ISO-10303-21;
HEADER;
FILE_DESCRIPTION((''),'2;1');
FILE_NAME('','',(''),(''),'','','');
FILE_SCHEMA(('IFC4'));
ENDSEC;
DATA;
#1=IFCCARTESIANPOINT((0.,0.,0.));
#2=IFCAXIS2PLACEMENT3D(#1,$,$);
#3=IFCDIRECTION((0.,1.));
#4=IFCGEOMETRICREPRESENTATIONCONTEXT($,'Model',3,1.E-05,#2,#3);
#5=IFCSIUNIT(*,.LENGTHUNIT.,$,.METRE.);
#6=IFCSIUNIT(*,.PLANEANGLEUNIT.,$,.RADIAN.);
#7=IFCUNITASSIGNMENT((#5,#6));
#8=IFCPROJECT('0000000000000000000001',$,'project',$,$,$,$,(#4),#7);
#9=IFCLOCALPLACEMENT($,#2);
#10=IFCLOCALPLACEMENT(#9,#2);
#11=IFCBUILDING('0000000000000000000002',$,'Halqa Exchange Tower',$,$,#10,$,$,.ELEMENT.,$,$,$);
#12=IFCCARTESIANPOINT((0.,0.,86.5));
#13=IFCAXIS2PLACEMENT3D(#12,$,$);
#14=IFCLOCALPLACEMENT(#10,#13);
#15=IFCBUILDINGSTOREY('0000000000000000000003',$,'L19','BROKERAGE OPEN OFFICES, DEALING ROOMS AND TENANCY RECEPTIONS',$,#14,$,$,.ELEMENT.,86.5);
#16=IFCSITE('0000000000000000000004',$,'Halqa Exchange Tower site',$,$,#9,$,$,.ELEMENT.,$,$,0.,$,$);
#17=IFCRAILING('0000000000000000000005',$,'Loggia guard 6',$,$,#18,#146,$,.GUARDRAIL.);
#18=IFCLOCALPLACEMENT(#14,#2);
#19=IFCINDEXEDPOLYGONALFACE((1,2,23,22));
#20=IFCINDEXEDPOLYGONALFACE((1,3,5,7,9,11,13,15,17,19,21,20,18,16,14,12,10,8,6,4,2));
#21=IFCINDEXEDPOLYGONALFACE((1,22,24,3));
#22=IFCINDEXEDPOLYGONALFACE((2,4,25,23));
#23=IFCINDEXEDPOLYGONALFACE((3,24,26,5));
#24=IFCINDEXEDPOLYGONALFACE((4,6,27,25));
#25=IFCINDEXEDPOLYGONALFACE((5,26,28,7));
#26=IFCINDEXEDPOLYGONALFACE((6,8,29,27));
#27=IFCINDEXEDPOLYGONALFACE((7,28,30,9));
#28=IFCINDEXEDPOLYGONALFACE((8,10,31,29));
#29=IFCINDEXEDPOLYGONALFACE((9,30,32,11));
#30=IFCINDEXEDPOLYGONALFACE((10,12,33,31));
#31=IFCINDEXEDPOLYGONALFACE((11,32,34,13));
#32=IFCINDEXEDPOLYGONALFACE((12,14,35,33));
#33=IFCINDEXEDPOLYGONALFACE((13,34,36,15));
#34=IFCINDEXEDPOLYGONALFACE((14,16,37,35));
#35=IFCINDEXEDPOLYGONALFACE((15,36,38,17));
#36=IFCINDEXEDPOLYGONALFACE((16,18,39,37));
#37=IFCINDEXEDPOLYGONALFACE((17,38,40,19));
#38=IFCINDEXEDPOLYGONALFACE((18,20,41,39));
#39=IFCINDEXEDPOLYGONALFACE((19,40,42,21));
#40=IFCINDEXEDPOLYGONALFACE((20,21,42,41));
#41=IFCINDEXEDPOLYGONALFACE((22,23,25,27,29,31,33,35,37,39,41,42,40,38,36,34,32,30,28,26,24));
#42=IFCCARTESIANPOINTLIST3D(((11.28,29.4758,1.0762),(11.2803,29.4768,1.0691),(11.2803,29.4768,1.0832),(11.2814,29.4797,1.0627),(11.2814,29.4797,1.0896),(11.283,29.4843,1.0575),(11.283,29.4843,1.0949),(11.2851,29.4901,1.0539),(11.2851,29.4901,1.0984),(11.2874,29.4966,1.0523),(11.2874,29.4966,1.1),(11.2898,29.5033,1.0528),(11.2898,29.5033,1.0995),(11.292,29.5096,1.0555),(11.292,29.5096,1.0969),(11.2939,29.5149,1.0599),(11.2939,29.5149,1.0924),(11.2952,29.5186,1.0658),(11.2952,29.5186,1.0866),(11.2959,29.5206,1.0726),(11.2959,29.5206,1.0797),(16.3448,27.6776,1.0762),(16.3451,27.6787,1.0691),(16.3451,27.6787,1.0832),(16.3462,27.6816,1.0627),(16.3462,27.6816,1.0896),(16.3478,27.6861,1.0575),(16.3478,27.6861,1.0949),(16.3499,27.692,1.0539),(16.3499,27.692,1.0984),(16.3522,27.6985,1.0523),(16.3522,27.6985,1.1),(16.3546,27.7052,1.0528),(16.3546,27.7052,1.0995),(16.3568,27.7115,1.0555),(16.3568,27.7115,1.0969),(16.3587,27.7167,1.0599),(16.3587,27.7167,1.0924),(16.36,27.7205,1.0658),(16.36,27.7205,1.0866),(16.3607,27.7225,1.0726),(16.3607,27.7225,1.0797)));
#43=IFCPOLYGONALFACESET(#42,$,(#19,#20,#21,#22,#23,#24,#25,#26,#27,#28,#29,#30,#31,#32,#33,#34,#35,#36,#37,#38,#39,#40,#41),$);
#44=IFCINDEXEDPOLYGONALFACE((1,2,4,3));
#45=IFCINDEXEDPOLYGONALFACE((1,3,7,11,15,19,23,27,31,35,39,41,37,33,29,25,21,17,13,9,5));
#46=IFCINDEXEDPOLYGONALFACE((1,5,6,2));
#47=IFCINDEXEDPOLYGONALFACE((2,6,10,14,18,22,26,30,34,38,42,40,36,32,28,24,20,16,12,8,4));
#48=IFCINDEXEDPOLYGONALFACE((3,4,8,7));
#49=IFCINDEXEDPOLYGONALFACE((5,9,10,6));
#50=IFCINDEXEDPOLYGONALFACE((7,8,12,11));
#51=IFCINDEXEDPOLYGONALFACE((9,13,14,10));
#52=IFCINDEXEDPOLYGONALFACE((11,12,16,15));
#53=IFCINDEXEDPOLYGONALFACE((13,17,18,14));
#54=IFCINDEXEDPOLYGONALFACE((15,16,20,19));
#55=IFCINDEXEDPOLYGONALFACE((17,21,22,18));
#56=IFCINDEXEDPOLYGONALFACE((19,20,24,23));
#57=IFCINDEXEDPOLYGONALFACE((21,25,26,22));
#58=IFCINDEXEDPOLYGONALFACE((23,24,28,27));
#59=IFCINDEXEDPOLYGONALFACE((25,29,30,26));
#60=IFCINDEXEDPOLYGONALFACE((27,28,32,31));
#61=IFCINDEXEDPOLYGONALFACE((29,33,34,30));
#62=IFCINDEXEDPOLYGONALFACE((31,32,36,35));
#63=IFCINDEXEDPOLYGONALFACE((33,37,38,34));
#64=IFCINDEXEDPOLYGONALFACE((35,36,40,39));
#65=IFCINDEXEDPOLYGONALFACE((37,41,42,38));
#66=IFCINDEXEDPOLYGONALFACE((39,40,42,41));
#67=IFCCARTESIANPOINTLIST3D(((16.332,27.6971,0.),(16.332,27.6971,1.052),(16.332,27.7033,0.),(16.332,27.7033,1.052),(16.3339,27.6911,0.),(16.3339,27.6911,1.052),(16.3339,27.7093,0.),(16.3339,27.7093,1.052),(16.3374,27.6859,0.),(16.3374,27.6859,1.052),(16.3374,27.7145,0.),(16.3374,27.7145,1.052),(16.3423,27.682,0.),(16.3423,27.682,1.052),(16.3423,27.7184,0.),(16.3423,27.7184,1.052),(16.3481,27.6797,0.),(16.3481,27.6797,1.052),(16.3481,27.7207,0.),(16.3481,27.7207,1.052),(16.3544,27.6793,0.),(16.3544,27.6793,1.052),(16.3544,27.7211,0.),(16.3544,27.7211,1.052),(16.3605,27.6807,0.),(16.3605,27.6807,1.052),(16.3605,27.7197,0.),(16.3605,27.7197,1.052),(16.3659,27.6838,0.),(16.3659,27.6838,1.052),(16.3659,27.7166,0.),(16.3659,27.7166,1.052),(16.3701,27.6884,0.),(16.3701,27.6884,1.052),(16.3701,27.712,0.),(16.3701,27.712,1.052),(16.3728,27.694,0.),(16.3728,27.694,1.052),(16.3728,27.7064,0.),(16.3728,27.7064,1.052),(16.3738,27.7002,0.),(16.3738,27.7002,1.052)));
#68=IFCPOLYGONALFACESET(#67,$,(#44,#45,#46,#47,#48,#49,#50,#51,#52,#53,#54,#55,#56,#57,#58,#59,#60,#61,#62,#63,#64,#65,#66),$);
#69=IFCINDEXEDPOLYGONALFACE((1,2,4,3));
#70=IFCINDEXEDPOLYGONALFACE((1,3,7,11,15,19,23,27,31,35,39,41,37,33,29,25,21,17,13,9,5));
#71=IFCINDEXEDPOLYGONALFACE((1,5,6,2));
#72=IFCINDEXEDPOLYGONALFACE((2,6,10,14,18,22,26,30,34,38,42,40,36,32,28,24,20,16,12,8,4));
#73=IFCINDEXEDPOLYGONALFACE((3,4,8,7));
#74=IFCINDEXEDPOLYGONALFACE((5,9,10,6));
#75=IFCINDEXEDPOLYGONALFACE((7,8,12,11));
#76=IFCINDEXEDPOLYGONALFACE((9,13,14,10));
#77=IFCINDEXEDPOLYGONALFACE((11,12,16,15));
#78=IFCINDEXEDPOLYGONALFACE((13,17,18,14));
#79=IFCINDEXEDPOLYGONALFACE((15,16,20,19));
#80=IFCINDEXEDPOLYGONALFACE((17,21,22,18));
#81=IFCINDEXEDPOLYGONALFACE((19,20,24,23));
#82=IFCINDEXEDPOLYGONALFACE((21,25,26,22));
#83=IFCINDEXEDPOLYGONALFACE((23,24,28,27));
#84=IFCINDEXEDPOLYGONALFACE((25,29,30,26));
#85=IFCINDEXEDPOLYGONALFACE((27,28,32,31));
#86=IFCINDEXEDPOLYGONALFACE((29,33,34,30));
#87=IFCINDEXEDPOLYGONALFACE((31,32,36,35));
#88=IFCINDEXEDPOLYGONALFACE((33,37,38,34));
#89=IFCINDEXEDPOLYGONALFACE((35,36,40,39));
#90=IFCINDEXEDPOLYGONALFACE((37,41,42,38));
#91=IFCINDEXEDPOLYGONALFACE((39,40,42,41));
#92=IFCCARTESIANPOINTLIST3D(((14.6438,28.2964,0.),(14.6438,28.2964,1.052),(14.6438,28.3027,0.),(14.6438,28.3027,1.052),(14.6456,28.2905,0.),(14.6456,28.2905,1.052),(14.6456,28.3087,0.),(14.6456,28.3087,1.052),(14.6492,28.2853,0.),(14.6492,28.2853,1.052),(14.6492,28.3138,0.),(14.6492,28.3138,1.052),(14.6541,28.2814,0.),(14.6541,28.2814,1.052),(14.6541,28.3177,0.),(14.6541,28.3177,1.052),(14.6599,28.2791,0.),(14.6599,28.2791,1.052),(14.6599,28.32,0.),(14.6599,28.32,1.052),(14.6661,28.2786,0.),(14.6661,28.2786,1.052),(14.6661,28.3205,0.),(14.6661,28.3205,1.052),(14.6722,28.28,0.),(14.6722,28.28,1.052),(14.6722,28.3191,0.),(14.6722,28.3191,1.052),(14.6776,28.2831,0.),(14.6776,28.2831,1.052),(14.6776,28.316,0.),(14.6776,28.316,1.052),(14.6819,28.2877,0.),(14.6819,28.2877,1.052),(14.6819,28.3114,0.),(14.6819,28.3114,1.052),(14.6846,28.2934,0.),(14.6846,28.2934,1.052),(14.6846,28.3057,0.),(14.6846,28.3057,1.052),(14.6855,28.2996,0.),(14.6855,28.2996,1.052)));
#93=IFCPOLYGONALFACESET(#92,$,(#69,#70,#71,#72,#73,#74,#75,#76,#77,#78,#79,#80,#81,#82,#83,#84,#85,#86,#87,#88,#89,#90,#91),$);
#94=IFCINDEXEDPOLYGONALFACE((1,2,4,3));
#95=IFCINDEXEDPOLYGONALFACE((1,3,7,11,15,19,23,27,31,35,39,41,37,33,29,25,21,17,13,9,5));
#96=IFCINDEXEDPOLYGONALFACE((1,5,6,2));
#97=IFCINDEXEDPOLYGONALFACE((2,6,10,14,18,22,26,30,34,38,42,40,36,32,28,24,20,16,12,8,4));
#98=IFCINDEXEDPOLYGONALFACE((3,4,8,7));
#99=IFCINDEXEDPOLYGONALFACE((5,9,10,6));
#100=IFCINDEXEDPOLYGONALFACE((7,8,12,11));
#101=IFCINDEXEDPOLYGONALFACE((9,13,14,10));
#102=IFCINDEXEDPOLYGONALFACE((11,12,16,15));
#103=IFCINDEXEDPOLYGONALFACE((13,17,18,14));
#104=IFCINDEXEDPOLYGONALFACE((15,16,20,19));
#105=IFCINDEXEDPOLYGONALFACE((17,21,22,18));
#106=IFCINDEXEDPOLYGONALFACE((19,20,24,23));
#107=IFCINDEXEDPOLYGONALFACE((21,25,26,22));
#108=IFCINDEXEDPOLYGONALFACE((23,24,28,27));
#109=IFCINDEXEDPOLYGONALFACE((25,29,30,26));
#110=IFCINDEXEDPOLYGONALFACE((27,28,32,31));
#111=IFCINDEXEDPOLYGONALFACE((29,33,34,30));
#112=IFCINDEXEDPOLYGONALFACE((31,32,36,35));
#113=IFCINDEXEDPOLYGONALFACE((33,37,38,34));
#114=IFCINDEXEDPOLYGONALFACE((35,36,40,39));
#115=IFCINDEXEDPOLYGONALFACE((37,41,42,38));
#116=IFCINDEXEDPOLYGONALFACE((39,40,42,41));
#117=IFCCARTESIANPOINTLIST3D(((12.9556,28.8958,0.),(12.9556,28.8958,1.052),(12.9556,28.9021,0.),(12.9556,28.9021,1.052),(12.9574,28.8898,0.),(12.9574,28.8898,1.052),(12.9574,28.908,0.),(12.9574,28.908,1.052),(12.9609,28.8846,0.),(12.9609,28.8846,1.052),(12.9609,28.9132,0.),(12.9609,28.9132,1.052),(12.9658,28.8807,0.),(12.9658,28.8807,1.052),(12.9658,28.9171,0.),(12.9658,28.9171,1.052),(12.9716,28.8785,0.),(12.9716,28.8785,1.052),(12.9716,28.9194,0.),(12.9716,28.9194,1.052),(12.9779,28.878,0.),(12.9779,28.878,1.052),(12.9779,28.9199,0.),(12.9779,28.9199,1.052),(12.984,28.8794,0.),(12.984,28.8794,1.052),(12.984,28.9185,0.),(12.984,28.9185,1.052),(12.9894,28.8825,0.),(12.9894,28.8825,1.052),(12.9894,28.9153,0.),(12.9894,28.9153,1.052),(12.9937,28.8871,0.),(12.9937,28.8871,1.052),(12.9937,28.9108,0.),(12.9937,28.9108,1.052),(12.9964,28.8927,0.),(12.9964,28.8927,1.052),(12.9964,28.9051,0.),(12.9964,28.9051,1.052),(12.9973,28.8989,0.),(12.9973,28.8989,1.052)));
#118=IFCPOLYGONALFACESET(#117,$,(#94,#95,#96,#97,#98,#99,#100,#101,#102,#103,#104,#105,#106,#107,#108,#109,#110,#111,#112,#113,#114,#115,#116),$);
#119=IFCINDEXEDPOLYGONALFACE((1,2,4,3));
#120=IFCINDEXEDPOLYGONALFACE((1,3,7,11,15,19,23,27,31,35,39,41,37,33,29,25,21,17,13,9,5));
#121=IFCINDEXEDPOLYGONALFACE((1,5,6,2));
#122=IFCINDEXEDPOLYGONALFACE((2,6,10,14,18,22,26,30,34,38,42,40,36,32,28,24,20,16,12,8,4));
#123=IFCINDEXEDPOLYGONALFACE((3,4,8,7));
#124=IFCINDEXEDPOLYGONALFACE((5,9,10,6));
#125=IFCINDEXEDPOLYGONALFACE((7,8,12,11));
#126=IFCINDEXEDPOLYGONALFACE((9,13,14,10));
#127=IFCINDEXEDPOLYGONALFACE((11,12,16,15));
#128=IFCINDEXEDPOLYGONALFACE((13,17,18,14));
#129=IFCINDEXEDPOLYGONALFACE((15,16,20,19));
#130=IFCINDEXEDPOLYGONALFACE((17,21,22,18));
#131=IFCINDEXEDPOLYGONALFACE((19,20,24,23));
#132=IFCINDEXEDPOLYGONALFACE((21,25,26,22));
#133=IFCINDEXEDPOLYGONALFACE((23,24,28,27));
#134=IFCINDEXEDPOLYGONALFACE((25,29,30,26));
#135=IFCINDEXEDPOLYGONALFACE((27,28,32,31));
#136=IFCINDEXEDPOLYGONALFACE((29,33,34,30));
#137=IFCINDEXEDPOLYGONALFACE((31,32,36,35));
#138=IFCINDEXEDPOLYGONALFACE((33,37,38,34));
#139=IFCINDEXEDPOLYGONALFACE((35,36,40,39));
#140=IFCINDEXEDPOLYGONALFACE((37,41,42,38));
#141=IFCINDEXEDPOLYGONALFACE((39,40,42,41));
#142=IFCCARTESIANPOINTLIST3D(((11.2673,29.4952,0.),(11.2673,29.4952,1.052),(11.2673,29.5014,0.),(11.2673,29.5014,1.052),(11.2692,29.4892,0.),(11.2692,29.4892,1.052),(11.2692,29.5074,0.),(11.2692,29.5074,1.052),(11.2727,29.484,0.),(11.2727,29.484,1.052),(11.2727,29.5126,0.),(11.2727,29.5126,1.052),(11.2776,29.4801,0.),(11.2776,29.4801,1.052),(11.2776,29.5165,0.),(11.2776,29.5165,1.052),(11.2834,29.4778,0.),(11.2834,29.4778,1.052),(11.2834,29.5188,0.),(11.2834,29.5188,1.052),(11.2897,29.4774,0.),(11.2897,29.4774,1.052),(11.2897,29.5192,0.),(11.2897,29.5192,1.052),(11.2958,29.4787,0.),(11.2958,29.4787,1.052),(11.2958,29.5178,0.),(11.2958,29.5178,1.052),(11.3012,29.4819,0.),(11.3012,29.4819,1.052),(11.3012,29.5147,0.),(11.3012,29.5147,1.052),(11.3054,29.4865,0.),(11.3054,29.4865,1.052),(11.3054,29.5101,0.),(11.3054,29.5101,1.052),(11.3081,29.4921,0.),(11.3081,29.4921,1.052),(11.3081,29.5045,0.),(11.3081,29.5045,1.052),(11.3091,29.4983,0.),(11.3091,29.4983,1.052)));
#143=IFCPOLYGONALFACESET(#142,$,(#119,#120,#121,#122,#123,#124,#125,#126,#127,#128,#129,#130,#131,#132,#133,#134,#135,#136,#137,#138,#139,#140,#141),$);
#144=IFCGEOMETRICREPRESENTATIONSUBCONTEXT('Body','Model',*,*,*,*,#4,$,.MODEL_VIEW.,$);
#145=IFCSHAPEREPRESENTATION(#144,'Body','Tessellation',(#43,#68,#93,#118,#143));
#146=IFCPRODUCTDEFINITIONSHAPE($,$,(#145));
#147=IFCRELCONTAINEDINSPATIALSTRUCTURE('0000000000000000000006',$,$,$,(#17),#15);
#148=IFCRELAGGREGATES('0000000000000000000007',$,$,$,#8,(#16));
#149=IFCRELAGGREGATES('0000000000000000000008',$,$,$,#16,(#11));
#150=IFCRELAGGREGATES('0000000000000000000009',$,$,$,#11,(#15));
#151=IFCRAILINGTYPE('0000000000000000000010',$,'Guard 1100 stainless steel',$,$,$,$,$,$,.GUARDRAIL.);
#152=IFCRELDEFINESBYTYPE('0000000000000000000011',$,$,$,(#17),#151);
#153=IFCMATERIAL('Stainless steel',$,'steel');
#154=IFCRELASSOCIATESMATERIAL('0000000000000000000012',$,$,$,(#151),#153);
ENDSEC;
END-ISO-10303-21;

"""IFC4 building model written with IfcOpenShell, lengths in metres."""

from ifc_helpers import new_model, si_unit, direction, frame, origin, origin_2d, place, context, subcontext, project, spatial, circle, extrude, material, type_object, element, save


model = new_model("IFC4")

# Units and contexts
model_context = context("Model", 3, precision=1e-05, world=origin(), true_north=direction((0.0, 1.0)))
body_context = subcontext(model_context, "Body", "Model", "MODEL_VIEW")
ifc_project = project(units=[si_unit("LENGTHUNIT", "METRE"), si_unit("PLANEANGLEUNIT", "RADIAN")], contexts=[model_context])

# Site, building, storey
site_placement = place(None, origin())
site = spatial("IfcSite", under=ifc_project, at=site_placement, Name="Halqa Exchange Tower site", CompositionType="ELEMENT", RefElevation=0.0)
building_placement = place(site_placement, origin())
building = spatial("IfcBuilding", under=site, at=building_placement, Name="Halqa Exchange Tower", CompositionType="ELEMENT")
storey_placement = place(building_placement, frame((0.0, 0.0, 86.5)))
storey = spatial("IfcBuildingStorey", under=building, at=storey_placement, Name="L19", Description="BROKERAGE OPEN OFFICES, DEALING ROOMS AND TENANCY RECEPTIONS", CompositionType="ELEMENT", Elevation=86.5)

# Railing
ifc_material_1 = material(Name="Stainless steel", Category="steel")
railing_type = type_object("IfcRailingType", Name="Guard 1100 stainless steel", PredefinedType="GUARDRAIL", material=ifc_material_1)
railing_1_placement = place(storey_placement, frame((16.3528, 27.7002, 0.0)))
element("IfcRailing", 1, at=railing_1_placement, inside=storey, type_object=railing_type, Name="Loggia guard 6", PredefinedType="GUARDRAIL", context=body_context, shape_type="SweptSolid", body=[
    extrude(circle(Radius=0.0239, at=origin_2d()), frame((0.0, 0.0, 1.0762), z_axis=(-0.942372, 0.334566, 0.0), x_axis=(-0.334566, -0.942372, 0.0)), (0.0, 0.0, 1.0), 5.3745),
    extrude(circle(Radius=0.021, at=origin_2d()), origin(), (0.0, 0.0, 1.0), 1.052),
    extrude(circle(Radius=0.021, at=origin_2d()), frame((-1.6882, 0.5994, 0.0)), (0.0, 0.0, 1.0), 1.052),
    extrude(circle(Radius=0.021, at=origin_2d()), frame((-3.3765, 1.1987, 0.0)), (0.0, 0.0, 1.0), 1.052),
    extrude(circle(Radius=0.021, at=origin_2d()), frame((-5.0647, 1.7981, 0.0)), (0.0, 0.0, 1.0), 1.052),
])

save(model, "model.ifc")
